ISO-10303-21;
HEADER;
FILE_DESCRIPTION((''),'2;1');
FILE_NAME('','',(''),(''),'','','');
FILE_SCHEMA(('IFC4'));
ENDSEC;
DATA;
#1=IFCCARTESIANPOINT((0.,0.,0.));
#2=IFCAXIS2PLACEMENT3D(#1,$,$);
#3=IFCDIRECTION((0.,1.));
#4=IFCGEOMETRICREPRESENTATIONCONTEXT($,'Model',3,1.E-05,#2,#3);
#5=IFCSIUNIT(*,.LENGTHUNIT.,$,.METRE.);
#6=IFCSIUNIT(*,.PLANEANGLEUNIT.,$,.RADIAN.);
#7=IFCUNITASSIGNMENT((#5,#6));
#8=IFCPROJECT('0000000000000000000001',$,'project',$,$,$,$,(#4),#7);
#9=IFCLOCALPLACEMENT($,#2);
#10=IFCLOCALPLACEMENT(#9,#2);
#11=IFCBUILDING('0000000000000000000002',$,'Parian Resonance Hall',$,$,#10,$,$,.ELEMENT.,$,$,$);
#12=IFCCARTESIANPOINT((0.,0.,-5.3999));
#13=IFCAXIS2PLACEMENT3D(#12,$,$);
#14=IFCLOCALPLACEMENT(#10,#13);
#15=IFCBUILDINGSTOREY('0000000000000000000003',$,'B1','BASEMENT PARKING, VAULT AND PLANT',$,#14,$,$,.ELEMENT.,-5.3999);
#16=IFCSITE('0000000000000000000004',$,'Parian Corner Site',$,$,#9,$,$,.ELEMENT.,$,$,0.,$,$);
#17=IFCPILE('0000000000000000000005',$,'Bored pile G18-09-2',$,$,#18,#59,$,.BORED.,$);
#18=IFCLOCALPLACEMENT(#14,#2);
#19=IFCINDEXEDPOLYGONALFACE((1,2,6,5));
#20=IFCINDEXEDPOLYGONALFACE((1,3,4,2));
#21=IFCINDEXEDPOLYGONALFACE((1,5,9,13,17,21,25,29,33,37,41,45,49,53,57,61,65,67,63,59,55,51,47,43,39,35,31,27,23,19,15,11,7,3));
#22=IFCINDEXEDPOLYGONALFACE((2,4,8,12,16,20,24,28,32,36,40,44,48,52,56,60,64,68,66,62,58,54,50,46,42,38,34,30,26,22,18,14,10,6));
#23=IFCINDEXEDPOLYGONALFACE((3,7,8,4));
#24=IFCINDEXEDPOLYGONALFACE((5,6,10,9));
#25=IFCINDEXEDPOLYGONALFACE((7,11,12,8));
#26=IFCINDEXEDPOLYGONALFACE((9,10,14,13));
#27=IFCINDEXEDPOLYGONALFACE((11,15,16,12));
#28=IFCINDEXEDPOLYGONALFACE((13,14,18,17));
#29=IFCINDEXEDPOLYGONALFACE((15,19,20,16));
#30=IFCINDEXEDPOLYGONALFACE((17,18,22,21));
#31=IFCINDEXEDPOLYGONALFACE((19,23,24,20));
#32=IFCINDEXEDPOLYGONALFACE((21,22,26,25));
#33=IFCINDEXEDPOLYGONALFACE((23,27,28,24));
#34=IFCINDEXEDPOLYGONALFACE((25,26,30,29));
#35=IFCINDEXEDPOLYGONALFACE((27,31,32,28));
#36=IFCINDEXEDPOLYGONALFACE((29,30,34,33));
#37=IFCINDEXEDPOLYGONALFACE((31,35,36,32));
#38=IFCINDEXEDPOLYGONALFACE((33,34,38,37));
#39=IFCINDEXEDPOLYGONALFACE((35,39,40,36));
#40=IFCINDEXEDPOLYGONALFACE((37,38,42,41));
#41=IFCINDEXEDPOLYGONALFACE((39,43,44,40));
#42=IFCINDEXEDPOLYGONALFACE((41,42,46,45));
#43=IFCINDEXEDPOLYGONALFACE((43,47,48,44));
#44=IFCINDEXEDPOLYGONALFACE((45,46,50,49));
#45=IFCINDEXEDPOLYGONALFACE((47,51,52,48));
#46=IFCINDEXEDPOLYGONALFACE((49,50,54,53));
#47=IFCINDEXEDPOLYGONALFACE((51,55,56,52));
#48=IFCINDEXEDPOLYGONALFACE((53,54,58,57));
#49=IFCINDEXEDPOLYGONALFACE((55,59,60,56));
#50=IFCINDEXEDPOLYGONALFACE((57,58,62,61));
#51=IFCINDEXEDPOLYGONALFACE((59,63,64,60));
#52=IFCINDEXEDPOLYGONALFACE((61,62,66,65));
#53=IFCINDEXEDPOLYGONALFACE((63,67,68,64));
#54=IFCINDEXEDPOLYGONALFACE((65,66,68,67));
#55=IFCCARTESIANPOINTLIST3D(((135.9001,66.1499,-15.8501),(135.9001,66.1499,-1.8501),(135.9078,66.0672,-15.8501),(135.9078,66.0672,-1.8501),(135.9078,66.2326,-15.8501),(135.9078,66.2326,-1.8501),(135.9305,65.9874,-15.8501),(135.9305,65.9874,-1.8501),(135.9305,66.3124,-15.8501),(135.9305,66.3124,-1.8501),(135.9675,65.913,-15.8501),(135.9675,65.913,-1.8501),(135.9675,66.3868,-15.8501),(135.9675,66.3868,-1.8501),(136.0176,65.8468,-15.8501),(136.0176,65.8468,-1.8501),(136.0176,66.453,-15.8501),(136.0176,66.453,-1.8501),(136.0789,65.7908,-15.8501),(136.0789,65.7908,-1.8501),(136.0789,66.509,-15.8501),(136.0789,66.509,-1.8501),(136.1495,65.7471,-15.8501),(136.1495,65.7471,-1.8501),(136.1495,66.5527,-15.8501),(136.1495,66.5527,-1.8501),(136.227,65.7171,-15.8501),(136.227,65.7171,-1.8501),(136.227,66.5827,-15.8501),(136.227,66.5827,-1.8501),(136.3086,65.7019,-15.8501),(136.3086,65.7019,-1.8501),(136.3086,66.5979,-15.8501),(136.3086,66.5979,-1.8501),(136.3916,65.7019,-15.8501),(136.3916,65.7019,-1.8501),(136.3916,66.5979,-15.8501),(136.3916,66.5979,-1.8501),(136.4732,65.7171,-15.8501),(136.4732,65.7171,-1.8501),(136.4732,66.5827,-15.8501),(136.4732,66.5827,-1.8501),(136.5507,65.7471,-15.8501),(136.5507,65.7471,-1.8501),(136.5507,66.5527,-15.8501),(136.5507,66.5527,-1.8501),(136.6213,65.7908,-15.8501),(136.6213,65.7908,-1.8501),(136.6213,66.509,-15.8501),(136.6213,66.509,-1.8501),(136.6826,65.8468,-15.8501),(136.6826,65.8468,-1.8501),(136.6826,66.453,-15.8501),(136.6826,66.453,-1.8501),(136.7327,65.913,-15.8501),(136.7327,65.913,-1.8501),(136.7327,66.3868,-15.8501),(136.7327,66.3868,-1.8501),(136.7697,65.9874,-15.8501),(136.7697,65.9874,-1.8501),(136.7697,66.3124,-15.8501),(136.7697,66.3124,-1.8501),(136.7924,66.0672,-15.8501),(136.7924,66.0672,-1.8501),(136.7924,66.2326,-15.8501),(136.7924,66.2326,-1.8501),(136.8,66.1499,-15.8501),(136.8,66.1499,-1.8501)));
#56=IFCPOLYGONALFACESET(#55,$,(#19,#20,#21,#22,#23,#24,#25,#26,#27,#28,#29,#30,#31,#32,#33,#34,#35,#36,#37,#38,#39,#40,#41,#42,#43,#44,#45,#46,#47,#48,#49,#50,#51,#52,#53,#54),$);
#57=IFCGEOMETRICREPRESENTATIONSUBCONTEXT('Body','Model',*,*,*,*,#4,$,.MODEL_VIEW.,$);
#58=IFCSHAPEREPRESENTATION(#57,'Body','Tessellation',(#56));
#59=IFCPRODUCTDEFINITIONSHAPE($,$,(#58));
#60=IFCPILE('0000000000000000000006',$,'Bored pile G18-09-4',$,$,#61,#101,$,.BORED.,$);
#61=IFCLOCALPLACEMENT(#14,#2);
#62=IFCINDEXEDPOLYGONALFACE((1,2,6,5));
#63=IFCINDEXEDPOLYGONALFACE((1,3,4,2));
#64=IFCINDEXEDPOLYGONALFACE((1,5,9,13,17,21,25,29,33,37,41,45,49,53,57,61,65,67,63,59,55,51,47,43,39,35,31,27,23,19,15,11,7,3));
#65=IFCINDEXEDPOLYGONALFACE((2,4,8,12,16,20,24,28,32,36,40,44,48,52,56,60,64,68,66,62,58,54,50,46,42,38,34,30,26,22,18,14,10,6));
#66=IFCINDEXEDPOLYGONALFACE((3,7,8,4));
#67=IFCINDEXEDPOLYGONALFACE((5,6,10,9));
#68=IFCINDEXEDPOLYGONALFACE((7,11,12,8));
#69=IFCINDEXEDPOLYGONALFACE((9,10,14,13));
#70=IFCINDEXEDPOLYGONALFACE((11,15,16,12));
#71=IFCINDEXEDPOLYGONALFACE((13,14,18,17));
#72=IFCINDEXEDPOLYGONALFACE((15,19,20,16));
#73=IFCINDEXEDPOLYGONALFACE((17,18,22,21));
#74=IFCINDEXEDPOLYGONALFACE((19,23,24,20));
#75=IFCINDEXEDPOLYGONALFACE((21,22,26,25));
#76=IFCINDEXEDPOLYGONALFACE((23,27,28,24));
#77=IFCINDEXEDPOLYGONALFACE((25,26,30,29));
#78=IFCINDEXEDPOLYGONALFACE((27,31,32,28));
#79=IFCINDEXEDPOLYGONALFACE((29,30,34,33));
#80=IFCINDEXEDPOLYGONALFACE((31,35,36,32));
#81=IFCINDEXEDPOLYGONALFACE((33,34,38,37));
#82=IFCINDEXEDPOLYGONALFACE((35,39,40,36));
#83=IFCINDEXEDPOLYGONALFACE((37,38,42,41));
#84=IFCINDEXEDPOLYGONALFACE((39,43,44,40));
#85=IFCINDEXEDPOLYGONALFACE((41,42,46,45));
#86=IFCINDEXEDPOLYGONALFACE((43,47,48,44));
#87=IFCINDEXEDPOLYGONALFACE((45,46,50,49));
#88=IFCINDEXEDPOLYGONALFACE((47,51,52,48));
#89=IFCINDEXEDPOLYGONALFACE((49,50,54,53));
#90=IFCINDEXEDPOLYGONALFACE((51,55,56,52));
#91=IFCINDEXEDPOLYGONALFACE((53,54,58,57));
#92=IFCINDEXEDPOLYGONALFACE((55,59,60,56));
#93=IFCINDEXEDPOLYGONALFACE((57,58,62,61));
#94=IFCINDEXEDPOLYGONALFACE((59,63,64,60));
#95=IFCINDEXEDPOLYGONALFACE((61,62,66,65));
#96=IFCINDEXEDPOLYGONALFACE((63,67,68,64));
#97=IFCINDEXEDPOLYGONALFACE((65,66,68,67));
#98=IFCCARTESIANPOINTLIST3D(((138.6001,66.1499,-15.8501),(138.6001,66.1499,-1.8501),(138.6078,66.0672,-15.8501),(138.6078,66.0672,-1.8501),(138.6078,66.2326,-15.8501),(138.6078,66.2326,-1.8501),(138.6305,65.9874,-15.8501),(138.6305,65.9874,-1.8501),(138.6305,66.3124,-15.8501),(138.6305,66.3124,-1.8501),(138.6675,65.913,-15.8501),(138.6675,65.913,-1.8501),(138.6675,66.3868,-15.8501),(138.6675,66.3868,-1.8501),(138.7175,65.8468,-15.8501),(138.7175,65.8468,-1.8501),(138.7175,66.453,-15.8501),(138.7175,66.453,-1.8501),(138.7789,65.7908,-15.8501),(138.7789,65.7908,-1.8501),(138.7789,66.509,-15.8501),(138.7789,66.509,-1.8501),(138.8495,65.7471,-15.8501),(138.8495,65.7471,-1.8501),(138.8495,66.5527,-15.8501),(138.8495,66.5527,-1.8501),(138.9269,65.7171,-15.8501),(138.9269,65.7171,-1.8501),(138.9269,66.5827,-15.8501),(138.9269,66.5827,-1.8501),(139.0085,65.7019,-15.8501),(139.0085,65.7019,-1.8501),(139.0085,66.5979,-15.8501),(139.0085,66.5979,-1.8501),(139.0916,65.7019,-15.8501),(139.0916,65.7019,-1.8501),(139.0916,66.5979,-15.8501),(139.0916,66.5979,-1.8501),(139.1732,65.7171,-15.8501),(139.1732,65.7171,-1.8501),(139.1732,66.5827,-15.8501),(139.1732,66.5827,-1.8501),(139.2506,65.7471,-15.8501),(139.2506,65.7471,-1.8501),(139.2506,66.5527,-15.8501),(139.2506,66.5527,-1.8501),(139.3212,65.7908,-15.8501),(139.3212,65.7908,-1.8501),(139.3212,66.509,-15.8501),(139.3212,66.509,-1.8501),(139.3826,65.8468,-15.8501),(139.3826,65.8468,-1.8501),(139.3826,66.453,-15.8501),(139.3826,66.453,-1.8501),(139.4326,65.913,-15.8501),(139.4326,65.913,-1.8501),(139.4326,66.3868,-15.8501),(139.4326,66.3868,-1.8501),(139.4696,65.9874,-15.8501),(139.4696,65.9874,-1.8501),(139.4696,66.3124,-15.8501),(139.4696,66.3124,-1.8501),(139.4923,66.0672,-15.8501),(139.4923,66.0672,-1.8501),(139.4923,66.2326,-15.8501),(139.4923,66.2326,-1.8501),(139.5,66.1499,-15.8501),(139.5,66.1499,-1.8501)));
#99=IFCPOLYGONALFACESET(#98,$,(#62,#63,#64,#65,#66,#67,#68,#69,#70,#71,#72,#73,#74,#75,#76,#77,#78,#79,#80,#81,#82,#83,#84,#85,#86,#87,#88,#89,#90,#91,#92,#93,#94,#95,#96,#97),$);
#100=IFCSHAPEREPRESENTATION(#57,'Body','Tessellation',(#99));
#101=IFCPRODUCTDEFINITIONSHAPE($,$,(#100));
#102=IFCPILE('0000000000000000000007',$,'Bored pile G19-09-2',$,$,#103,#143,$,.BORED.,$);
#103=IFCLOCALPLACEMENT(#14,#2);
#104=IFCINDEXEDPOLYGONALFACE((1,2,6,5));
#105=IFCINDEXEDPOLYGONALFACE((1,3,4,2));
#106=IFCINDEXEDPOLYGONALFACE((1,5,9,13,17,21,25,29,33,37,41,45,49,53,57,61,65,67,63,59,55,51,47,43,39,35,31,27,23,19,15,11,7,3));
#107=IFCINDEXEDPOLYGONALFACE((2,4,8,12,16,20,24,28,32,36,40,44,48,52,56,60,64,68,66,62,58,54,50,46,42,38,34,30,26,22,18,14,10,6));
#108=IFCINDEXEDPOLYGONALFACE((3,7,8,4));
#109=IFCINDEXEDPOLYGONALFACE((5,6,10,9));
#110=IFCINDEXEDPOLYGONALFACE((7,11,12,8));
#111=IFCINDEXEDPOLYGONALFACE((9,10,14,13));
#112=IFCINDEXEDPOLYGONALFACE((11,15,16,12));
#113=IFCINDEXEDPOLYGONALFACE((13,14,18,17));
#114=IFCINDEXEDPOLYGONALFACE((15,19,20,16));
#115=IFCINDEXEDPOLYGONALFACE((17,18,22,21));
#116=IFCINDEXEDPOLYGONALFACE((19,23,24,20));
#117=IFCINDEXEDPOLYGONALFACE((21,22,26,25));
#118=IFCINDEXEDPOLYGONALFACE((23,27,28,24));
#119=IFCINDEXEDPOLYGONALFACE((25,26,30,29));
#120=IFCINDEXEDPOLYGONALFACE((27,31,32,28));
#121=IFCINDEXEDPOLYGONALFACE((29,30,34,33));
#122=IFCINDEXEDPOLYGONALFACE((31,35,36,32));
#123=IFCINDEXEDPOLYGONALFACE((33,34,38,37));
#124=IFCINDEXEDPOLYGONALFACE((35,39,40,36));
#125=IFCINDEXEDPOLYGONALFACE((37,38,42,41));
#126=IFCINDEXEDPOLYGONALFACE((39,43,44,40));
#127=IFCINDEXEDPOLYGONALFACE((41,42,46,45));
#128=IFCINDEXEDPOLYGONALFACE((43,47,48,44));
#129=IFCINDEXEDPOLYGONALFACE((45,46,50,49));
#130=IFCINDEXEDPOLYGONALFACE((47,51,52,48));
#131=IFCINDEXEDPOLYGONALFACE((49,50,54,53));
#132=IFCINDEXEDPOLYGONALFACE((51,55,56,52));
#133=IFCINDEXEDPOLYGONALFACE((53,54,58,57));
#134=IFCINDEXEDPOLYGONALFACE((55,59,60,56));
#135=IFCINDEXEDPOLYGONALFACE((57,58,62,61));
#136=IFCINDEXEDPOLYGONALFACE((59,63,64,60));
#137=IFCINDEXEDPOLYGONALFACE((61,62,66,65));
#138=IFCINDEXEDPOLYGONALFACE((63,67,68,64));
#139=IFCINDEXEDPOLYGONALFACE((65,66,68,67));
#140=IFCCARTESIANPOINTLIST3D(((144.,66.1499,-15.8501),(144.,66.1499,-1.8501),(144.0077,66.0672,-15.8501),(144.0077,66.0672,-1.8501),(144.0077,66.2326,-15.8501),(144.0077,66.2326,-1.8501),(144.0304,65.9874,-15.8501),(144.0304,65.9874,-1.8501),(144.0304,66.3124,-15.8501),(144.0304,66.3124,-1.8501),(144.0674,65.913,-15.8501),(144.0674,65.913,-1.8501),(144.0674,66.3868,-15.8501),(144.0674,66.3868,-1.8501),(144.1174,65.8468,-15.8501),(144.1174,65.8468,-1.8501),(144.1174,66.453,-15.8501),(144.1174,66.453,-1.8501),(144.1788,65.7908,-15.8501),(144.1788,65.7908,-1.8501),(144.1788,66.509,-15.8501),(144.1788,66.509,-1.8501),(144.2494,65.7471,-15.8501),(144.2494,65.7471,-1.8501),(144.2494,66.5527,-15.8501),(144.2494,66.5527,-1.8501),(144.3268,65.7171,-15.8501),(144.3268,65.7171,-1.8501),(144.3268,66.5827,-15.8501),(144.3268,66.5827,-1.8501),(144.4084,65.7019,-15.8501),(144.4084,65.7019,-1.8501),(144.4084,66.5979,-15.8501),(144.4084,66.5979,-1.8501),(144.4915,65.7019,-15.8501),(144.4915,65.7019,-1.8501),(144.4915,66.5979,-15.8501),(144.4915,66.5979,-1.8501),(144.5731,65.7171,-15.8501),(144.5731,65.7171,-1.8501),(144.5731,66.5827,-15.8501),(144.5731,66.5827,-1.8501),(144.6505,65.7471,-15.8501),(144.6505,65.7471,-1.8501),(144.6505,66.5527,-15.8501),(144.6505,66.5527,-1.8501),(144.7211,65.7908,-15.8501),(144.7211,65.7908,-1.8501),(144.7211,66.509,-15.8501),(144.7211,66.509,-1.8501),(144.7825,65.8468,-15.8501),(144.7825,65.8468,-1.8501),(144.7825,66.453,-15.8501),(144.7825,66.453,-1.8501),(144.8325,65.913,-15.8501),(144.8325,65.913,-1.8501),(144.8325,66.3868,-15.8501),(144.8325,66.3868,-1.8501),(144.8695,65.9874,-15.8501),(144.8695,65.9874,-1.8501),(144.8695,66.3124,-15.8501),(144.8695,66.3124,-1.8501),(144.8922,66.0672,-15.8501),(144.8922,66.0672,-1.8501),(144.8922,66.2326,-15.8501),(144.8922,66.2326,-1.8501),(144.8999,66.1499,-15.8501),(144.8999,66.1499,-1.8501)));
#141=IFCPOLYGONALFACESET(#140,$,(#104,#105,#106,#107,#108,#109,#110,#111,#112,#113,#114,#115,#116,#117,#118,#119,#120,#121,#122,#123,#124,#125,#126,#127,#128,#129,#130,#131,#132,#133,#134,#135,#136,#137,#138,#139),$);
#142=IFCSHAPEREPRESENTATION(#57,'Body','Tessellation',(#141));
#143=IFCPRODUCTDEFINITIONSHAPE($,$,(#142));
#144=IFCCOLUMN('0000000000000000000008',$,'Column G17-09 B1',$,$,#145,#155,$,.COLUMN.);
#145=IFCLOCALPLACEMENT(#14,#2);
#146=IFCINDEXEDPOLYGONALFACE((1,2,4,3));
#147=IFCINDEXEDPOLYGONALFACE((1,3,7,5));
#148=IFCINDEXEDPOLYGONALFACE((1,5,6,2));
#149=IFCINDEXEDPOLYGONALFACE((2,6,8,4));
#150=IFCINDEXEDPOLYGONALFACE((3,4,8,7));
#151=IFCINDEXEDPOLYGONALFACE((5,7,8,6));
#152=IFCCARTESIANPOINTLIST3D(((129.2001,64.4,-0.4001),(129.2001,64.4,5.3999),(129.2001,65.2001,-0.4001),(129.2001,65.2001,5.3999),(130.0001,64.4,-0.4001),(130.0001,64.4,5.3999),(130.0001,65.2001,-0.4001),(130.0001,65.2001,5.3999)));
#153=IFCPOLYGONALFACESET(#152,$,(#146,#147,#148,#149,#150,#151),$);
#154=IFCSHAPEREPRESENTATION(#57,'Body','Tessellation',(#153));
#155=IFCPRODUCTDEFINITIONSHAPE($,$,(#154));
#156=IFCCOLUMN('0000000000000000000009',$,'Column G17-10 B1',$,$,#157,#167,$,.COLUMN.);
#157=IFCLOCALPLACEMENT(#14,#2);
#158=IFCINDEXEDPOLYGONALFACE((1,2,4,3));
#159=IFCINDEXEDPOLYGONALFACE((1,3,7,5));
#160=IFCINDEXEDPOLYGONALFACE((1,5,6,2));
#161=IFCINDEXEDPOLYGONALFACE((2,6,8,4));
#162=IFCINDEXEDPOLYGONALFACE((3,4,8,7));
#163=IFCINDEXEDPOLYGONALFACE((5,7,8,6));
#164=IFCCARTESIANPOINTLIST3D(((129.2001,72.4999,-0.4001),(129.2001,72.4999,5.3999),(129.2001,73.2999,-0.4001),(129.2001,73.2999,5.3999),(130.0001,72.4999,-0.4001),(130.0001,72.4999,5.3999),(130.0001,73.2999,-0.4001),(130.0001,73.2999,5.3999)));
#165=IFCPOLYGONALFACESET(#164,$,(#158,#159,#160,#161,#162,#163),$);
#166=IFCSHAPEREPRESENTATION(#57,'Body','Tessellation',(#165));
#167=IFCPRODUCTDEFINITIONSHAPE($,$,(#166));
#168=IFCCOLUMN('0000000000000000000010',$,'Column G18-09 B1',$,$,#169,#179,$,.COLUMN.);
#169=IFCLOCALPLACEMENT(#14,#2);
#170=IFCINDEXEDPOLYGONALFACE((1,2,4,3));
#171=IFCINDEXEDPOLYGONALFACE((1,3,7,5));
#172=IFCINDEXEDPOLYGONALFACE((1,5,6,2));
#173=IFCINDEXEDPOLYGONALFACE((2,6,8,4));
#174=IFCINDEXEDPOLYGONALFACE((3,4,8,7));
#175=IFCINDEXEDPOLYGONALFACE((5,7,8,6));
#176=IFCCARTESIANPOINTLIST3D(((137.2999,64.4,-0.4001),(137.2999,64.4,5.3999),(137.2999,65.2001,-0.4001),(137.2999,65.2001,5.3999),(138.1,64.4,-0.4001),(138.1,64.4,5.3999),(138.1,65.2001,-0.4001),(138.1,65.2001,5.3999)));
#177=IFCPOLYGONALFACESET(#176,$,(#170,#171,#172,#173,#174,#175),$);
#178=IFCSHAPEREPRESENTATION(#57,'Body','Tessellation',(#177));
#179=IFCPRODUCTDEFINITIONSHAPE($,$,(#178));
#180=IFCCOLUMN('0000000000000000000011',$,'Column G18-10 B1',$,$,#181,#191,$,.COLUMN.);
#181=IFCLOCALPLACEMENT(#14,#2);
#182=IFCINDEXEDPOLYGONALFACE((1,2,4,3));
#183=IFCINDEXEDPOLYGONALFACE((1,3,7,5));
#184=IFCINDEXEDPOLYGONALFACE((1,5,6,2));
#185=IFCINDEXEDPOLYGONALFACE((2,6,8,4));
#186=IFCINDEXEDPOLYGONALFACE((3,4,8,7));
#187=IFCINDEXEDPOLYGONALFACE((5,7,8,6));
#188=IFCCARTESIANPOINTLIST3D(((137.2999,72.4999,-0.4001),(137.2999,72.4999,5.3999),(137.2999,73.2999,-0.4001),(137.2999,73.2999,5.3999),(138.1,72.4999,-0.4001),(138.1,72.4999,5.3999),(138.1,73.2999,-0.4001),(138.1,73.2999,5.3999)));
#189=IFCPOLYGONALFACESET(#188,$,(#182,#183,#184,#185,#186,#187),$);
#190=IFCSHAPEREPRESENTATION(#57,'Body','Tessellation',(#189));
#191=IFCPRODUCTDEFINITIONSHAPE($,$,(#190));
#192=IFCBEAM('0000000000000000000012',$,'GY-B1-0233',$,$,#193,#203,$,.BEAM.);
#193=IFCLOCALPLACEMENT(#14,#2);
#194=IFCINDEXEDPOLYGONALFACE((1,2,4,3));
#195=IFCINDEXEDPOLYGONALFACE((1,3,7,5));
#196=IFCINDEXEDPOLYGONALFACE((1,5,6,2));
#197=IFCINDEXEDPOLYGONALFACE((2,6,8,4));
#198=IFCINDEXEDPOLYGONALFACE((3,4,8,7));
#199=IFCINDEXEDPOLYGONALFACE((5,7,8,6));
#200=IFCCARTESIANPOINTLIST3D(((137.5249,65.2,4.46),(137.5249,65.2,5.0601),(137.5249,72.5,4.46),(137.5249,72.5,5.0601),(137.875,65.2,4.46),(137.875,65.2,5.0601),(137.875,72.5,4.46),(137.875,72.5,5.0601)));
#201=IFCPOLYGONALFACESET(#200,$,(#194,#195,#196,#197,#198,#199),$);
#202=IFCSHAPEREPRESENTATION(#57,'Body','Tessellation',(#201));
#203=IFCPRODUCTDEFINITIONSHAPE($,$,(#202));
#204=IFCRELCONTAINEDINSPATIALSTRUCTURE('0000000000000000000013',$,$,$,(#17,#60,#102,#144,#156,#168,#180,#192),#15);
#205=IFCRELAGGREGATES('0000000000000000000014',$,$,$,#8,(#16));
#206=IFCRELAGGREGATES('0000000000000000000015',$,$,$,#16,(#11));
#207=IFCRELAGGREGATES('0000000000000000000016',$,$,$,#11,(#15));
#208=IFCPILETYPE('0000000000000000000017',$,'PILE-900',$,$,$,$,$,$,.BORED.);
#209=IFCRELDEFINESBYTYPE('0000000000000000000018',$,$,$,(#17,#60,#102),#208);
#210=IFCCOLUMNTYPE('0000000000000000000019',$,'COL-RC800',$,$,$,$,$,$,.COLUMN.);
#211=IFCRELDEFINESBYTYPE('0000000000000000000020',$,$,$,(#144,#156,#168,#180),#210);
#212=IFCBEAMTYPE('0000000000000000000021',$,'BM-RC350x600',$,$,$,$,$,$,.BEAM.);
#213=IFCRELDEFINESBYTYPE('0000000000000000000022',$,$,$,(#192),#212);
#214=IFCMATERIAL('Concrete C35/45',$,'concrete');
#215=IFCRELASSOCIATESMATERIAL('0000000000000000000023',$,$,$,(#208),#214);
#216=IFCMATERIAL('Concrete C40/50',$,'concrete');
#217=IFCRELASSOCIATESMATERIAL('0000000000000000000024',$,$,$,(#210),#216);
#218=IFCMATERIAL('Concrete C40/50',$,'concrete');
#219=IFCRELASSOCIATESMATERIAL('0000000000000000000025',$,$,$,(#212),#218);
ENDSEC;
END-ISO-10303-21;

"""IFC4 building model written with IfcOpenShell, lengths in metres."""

from ifc_helpers import new_model, si_unit, direction, frame, origin, origin_2d, place, context, subcontext, project, spatial, rectangle, circle, extrude, material, material_profile, profile_set, type_object, element, save


model = new_model("IFC4")

# Units and contexts
model_context = context("Model", 3, precision=1e-05, world=origin(), true_north=direction((0.0, 1.0)))
body_context = subcontext(model_context, "Body", "Model", "MODEL_VIEW")
ifc_project = project(units=[si_unit("LENGTHUNIT", "METRE"), si_unit("PLANEANGLEUNIT", "RADIAN")], contexts=[model_context])

# Site, building, storey
site_placement = place(None, origin())
site = spatial("IfcSite", under=ifc_project, at=site_placement, Name="Parian Corner Site", CompositionType="ELEMENT", RefElevation=0.0)
building_placement = place(site_placement, origin())
building = spatial("IfcBuilding", under=site, at=building_placement, Name="Parian Resonance Hall", CompositionType="ELEMENT")
storey_placement = place(building_placement, frame((0.0, 0.0, -5.3999)))
storey = spatial("IfcBuildingStorey", under=building, at=storey_placement, Name="B1", Description="BASEMENT PARKING, VAULT AND PLANT", CompositionType="ELEMENT", Elevation=-5.3999)

# Piles
ifc_material_1 = material(Name="Concrete C35/45", Category="concrete")
ifc_material_profile_1 = material_profile(ifc_material_1, circle(Radius=0.45, at=origin_2d()), Name="PILE-D900")
ifc_profile_set_1 = profile_set([ifc_material_profile_1], Name="Concrete C35/45")
pile_type_1 = type_object("IfcPileType", Name="PILE-900", PredefinedType="BORED", material=ifc_profile_set_1)
for number, where, z_axis, x_axis, name in (
    (1, (136.3501, 66.1499, -1.8501), (0.0, 0.0, -1.0), (1.0, 0.0, 0.0), "Bored pile G18-09-2"),
    (2, (139.05, 66.1499, -1.8501), (0.0, 0.0, -1.0), (1.0, 0.0, 0.0), "Bored pile G18-09-4"),
    (3, (144.45, 66.1499, -1.8501), (0.0, 0.0, -1.0), (1.0, 0.0, 0.0), "Bored pile G19-09-2"),
):
    element("IfcPile", number, at=place(storey_placement, frame(where, z_axis=z_axis, x_axis=x_axis)), inside=storey, type_object=pile_type_1, Name=name, PredefinedType="BORED", context=body_context, shape_type="SweptSolid", body=[
        extrude(circle(Radius=0.45, at=origin_2d()), origin(), (0.0, 0.0, 1.0), 14.0),
    ])

# Columns
ifc_material_2 = material(Name="Concrete C40/50", Category="concrete")
ifc_material_profile_2 = material_profile(ifc_material_2, rectangle(XDim=0.8, YDim=0.8, at=origin_2d()), Name="RC-COL-800x800")
ifc_profile_set_2 = profile_set([ifc_material_profile_2], Name="Concrete C40/50")
column_type = type_object("IfcColumnType", Name="COL-RC800", PredefinedType="COLUMN", material=ifc_profile_set_2)
for number, where, z_axis, x_axis, name in (
    (4, (129.6001, 64.8, -0.4001), (0.0, 0.0, 1.0), (1.0, 0.0, 0.0), "Column G17-09 B1"),
    (5, (129.6001, 72.8999, -0.4001), (0.0, 0.0, 1.0), (1.0, 0.0, 0.0), "Column G17-10 B1"),
    (6, (137.7, 64.8, -0.4001), (0.0, 0.0, 1.0), (1.0, 0.0, 0.0), "Column G18-09 B1"),
    (7, (137.7, 72.8999, -0.4001), (0.0, 0.0, 1.0), (1.0, 0.0, 0.0), "Column G18-10 B1"),
):
    element("IfcColumn", number, at=place(storey_placement, frame(where, z_axis=z_axis, x_axis=x_axis)), inside=storey, type_object=column_type, Name=name, PredefinedType="COLUMN", context=body_context, shape_type="SweptSolid", body=[
        extrude(rectangle(XDim=0.8, YDim=0.8, at=origin_2d()), origin(), (0.0, 0.0, 1.0), 5.8),
    ])

# Beam
ifc_material_3 = material(Name="Concrete C40/50", Category="concrete")
ifc_material_profile_3 = material_profile(ifc_material_3, rectangle(XDim=0.3501, YDim=0.6001, at=origin_2d()), Name="RC-BM-350x600")
ifc_profile_set_3 = profile_set([ifc_material_profile_3], Name="Concrete C40/50")
beam_type_1 = type_object("IfcBeamType", Name="BM-RC350x600", PredefinedType="BEAM", material=ifc_profile_set_3)
beam_1_placement = place(storey_placement, frame((137.7, 65.2, 4.76), z_axis=(0.0, 1.0, 0.0), x_axis=(-1.0, 0.0, 0.0)))
element("IfcBeam", 8, at=beam_1_placement, inside=storey, type_object=beam_type_1, Name="GY-B1-0233", PredefinedType="BEAM", context=body_context, shape_type="SweptSolid", body=[
    extrude(rectangle(XDim=0.3501, YDim=0.6001, at=origin_2d()), origin(), (0.0, 0.0, 1.0), 7.3),
])

save(model, "model.ifc")
